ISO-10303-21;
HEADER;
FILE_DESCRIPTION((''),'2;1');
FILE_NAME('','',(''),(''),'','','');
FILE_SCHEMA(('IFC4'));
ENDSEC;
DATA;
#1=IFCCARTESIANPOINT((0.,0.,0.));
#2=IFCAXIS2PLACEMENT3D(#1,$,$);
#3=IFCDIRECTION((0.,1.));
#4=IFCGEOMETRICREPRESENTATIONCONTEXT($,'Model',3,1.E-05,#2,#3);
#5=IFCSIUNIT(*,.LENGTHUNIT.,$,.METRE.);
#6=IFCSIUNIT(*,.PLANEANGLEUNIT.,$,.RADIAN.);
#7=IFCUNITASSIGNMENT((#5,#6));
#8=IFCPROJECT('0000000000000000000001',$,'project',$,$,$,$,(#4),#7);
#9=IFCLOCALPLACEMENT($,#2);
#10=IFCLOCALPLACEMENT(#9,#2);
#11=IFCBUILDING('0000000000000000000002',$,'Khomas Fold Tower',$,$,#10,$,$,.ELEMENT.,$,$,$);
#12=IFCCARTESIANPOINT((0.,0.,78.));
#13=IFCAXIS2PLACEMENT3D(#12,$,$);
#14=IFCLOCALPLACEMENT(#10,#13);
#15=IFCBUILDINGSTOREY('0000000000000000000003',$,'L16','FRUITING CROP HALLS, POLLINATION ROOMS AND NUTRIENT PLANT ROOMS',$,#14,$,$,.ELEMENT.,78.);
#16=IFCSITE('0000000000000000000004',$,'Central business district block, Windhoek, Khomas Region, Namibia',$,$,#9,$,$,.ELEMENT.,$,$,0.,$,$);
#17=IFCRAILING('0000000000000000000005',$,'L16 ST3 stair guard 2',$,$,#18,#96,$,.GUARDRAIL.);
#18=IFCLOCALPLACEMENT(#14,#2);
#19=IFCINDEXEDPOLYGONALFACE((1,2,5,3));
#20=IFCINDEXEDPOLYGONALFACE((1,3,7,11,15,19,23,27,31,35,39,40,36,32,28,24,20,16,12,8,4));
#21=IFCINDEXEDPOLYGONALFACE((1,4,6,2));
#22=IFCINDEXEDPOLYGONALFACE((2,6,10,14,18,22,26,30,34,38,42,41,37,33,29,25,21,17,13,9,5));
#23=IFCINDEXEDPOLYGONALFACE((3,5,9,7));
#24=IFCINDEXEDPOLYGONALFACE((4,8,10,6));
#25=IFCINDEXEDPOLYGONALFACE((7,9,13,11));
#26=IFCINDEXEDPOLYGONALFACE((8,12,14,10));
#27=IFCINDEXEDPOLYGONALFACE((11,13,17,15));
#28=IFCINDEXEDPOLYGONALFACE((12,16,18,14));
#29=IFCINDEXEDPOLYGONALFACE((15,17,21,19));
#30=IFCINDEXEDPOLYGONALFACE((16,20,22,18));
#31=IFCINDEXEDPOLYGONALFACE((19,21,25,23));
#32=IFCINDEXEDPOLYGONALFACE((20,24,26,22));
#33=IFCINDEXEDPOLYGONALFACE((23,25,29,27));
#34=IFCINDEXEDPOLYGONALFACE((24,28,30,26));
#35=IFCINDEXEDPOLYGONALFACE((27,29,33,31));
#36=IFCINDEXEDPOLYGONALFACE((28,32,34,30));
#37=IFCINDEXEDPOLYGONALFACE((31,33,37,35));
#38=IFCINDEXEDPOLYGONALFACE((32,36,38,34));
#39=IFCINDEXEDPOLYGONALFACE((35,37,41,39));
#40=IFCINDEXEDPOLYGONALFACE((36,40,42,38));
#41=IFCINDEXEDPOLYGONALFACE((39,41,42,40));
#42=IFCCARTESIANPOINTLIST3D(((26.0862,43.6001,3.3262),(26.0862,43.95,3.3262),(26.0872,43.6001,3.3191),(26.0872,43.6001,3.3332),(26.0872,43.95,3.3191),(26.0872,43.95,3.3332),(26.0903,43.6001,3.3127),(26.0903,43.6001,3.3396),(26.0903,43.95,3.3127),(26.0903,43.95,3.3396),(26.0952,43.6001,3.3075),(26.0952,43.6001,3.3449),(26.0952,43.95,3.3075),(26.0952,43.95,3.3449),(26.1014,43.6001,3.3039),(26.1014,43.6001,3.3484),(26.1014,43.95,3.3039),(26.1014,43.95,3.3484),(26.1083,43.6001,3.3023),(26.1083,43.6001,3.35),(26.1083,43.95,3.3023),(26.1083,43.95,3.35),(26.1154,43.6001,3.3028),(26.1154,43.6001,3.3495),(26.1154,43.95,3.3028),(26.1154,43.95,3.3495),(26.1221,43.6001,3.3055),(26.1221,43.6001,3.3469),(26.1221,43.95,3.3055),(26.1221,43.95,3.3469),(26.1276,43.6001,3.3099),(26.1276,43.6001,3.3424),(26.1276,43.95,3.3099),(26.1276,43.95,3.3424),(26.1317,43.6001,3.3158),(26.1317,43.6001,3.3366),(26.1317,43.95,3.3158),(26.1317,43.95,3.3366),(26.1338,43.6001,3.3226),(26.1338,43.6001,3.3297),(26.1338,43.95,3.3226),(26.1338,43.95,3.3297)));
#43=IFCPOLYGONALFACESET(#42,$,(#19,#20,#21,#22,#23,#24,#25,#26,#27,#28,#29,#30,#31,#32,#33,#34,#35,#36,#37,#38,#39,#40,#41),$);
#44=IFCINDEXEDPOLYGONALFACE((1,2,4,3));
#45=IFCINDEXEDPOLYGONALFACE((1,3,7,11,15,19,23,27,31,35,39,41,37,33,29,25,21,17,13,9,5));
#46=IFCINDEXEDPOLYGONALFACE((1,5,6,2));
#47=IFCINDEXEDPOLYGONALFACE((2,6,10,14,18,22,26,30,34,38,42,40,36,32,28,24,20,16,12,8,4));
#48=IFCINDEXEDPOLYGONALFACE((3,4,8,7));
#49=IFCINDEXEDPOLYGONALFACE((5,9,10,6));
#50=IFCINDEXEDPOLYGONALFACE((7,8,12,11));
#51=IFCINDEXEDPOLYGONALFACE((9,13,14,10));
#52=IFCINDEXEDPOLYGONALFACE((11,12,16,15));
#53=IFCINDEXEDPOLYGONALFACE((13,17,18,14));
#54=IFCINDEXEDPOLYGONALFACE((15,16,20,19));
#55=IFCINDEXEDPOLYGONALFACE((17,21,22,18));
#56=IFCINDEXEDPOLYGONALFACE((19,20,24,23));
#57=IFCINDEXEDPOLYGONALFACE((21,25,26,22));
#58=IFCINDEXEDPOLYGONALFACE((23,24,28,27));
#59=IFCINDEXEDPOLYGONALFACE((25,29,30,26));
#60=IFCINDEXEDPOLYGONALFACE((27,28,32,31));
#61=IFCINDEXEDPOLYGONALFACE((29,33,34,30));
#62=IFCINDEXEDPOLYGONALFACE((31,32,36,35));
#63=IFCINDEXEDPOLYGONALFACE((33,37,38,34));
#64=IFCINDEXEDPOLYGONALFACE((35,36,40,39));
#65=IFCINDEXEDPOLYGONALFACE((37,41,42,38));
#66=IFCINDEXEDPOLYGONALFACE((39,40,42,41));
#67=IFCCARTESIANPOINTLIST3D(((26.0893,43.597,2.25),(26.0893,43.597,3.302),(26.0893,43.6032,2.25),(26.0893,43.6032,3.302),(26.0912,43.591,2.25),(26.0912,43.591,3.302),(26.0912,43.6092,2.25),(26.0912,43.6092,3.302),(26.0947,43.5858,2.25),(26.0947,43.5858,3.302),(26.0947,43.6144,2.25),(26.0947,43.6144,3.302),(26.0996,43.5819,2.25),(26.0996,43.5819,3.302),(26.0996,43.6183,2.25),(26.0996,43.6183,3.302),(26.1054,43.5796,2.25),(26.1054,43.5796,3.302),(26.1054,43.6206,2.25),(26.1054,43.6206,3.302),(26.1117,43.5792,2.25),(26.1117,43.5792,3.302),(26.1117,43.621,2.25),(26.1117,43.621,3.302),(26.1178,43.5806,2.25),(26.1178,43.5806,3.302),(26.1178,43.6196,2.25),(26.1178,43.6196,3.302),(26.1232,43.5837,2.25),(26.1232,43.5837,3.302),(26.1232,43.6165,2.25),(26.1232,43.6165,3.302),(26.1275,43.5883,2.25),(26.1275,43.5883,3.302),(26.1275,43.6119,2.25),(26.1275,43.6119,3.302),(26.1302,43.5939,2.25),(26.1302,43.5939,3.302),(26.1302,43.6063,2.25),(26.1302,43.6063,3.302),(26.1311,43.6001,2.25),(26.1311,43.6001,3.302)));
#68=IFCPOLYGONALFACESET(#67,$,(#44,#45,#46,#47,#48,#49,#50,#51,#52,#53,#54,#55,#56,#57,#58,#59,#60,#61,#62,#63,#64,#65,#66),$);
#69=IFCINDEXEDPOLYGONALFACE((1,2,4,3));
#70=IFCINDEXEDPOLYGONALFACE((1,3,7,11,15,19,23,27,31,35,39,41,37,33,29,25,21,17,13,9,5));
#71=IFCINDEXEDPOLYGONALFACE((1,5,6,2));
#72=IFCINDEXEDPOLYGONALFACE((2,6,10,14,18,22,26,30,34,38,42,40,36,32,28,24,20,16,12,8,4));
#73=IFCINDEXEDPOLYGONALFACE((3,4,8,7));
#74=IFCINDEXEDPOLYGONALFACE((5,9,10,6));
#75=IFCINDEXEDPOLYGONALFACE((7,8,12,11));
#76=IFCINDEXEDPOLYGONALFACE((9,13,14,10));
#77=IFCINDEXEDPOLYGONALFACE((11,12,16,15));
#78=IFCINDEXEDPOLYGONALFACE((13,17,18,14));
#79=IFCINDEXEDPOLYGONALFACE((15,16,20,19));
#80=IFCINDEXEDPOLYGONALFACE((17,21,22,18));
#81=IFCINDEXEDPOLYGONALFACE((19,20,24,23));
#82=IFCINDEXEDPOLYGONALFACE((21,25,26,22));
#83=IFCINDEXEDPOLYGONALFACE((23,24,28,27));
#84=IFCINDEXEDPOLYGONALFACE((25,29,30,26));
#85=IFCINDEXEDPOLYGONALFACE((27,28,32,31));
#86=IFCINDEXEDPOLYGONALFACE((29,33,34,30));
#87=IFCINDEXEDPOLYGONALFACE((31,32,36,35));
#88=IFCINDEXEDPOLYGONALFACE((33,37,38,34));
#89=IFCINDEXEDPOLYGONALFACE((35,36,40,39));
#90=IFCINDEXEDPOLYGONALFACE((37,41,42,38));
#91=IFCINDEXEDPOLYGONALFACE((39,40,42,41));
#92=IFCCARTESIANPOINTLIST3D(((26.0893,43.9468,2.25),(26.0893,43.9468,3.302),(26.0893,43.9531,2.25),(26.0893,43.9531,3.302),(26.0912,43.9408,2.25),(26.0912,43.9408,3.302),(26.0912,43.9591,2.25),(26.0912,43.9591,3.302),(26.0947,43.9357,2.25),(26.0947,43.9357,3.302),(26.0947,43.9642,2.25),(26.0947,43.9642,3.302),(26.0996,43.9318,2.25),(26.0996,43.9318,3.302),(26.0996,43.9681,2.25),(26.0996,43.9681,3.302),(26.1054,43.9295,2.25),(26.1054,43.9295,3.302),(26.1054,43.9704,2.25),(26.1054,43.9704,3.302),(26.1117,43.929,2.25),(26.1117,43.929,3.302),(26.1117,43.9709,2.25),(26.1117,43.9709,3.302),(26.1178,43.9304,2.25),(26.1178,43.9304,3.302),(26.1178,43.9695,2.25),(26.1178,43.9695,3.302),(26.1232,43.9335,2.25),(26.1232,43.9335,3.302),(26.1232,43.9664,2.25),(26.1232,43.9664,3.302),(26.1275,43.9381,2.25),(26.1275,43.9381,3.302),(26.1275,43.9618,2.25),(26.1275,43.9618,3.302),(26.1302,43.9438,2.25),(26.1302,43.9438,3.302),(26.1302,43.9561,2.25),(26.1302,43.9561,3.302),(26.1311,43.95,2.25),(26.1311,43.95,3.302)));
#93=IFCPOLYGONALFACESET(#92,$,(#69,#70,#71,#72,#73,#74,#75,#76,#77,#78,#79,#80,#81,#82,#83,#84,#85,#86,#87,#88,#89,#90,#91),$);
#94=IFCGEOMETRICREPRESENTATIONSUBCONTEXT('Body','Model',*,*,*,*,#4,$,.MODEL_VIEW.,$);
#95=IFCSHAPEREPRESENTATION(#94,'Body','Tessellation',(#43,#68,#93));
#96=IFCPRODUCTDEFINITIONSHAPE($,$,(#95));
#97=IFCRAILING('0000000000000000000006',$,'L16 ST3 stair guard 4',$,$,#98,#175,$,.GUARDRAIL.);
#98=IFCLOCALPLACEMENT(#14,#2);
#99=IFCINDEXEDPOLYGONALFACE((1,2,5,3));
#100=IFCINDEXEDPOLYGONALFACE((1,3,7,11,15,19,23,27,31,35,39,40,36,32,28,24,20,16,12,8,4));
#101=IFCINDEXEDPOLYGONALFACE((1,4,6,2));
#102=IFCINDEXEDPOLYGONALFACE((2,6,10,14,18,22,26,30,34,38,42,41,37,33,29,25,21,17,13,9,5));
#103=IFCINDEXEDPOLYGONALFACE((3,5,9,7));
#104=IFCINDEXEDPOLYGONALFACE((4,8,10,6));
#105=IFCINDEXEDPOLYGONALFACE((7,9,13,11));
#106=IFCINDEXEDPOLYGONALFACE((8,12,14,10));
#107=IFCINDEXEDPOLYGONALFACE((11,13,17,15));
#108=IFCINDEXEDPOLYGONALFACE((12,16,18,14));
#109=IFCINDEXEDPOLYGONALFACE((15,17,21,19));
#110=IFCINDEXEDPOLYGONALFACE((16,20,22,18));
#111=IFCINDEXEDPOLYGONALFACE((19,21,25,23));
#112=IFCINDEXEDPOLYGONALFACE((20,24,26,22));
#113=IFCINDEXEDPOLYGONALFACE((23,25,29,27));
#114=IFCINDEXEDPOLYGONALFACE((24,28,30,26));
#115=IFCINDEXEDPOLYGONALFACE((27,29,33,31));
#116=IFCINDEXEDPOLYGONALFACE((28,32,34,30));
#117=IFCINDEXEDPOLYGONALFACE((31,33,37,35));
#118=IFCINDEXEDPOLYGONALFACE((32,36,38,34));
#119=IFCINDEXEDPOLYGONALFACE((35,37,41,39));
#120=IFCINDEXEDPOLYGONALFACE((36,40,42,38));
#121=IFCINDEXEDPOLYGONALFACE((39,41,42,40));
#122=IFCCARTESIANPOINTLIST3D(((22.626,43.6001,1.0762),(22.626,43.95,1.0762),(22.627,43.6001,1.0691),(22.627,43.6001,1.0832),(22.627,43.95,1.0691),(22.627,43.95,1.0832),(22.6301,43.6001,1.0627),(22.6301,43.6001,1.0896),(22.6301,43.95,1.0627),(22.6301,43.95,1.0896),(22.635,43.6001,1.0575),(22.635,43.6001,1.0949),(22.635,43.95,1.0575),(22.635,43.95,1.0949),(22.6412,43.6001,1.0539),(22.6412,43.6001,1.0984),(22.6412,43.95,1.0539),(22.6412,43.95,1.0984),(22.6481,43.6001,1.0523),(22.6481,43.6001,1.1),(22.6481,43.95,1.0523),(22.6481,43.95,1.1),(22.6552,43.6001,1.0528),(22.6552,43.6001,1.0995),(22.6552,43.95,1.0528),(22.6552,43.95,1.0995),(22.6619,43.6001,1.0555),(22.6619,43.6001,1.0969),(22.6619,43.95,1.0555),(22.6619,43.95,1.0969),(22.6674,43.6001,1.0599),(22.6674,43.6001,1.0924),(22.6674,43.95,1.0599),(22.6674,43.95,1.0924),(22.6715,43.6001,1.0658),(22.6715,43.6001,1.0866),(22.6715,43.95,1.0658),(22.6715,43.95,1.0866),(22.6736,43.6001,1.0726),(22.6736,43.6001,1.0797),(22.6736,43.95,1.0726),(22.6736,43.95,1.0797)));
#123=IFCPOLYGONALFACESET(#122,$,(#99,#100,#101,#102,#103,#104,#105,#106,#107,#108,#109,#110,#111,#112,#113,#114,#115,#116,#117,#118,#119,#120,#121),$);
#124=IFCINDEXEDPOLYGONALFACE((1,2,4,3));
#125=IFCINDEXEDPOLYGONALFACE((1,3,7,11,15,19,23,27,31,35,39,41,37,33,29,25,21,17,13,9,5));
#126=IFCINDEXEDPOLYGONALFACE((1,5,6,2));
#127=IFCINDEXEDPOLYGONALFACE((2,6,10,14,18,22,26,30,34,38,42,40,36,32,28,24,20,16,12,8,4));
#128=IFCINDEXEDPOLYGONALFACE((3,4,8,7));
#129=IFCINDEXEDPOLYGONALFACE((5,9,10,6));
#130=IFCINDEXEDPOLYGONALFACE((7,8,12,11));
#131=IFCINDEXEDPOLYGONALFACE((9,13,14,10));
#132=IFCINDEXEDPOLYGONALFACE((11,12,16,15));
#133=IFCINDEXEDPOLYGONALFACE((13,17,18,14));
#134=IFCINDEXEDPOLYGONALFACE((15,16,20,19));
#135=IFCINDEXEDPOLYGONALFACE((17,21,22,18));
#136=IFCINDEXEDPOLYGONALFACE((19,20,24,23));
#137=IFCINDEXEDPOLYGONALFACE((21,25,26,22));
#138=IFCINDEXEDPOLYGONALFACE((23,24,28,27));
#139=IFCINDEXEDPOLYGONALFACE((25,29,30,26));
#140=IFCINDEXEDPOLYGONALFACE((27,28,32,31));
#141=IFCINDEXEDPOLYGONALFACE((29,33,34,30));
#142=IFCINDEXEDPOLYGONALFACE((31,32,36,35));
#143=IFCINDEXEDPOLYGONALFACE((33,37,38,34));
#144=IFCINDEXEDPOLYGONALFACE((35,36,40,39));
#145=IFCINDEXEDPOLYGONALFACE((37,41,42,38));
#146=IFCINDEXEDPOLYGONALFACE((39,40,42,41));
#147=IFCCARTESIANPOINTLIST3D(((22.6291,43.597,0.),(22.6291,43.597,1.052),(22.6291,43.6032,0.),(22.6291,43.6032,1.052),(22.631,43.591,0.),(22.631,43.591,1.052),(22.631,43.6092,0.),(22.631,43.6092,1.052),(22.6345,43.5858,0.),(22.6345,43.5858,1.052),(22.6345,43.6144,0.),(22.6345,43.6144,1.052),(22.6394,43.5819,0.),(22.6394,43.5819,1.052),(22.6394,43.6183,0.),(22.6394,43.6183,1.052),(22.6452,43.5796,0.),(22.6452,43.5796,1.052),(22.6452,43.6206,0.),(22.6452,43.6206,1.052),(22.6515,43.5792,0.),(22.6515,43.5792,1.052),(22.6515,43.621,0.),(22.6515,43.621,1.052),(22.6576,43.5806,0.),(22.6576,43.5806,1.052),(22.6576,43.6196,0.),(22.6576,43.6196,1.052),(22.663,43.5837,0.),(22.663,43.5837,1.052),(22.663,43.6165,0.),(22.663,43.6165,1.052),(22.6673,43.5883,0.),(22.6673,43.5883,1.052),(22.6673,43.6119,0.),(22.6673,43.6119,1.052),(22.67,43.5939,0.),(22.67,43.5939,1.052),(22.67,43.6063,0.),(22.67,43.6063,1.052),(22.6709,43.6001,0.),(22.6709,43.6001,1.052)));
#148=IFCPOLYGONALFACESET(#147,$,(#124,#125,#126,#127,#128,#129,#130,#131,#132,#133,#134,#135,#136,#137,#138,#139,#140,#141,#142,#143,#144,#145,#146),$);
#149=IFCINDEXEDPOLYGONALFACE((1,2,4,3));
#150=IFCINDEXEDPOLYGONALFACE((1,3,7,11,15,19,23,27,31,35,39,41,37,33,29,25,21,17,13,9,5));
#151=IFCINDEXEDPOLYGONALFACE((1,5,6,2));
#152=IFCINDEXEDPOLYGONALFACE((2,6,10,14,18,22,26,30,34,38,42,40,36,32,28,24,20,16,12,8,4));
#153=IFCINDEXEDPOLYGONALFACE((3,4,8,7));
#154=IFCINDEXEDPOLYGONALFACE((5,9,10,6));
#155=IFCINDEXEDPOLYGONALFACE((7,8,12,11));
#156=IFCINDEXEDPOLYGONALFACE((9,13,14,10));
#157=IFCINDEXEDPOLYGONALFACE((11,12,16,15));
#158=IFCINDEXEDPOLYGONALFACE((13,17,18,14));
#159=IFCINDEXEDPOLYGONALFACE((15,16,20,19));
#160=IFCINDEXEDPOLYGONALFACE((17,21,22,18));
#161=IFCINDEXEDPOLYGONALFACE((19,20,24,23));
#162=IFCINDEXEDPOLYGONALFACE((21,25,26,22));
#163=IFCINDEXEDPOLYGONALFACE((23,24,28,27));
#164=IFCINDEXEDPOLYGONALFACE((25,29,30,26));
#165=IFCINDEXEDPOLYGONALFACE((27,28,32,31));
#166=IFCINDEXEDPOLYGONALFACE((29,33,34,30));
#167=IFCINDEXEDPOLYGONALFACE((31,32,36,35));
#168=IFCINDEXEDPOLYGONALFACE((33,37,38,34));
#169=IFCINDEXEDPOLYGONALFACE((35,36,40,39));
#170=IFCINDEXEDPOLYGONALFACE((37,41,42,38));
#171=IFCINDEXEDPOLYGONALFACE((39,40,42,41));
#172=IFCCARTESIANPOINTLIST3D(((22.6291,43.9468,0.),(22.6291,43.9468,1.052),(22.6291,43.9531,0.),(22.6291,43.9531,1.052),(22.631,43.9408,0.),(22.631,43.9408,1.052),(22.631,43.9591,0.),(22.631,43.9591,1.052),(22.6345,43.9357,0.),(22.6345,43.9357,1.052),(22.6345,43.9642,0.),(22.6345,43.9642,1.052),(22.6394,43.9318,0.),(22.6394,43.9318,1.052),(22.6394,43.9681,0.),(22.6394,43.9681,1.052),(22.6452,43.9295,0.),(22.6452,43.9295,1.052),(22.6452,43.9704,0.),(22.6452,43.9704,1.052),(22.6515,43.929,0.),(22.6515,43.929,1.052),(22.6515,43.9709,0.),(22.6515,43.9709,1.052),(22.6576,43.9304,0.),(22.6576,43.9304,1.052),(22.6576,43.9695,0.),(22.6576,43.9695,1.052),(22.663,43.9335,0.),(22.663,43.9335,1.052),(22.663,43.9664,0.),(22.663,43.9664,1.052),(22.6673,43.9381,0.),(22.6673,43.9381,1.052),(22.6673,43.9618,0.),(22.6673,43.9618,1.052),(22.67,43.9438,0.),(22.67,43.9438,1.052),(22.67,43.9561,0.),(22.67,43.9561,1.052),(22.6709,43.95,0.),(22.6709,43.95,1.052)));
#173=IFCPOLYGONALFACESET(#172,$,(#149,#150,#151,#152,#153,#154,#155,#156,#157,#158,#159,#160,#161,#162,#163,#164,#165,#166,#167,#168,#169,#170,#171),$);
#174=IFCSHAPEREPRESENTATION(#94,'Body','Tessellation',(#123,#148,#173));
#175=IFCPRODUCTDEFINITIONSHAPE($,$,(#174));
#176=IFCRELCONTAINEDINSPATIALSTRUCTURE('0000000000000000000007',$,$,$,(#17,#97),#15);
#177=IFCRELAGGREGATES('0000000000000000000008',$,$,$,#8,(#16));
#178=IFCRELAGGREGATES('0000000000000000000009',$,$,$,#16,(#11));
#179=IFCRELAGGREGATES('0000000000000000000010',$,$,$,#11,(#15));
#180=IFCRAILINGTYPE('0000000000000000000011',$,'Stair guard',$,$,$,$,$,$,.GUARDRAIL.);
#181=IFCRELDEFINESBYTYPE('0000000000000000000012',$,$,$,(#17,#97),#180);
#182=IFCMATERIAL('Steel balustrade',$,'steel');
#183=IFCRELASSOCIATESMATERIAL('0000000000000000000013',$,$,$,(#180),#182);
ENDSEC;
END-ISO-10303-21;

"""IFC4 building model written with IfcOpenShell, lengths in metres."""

from ifc_helpers import new_model, si_unit, direction, frame, origin, origin_2d, place, context, subcontext, project, spatial, circle, extrude, source, transform, mapped, material, type_object, element, save


model = new_model("IFC4")

# Units and contexts
model_context = context("Model", 3, precision=1e-05, world=origin(), true_north=direction((0.0, 1.0)))
body_context = subcontext(model_context, "Body", "Model", "MODEL_VIEW")
ifc_project = project(units=[si_unit("LENGTHUNIT", "METRE"), si_unit("PLANEANGLEUNIT", "RADIAN")], contexts=[model_context])

# Site, building, storey
site_placement = place(None, origin())
site = spatial("IfcSite", under=ifc_project, at=site_placement, Name="Central business district block, Windhoek, Khomas Region, Namibia", CompositionType="ELEMENT", RefElevation=0.0)
building_placement = place(site_placement, origin())
building = spatial("IfcBuilding", under=site, at=building_placement, Name="Khomas Fold Tower", CompositionType="ELEMENT")
storey_placement = place(building_placement, frame((0.0, 0.0, 78.0)))
storey = spatial("IfcBuildingStorey", under=building, at=storey_placement, Name="L16", Description="FRUITING CROP HALLS, POLLINATION ROOMS AND NUTRIENT PLANT ROOMS", CompositionType="ELEMENT", Elevation=78.0)

# Railings
ifc_material_1 = material(Name="Steel balustrade", Category="steel")
railing_type_1 = type_object("IfcRailingType", Name="Stair guard", PredefinedType="GUARDRAIL", material=ifc_material_1)
shared_shape_1 = source(origin(), body_context, "Body", "SweptSolid", [
    extrude(circle(Radius=0.0239, at=origin_2d()), frame((0.0, 0.0, 1.0762), z_axis=(0.0, 1.0, 0.0), x_axis=(-1.0, 0.0, 0.0)), (0.0, 0.0, 1.0), 0.3499),
    extrude(circle(Radius=0.021, at=origin_2d()), origin(), (0.0, 0.0, 1.0), 1.052),
    extrude(circle(Radius=0.021, at=origin_2d()), frame((0.0, 0.3499, 0.0)), (0.0, 0.0, 1.0), 1.052),
])
for number, where, name in (
    (1, (26.1101, 43.6001, 2.25), "L16 ST3 stair guard 2"),
    (2, (22.6499, 43.6001, 0.0), "L16 ST3 stair guard 4"),
):
    element("IfcRailing", number, at=place(storey_placement, frame(where)), inside=storey, type_object=railing_type_1, Name=name, PredefinedType="GUARDRAIL", context=body_context, shape_type="MappedRepresentation", body=[
        mapped(shared_shape_1, transform((0.0, 0.0, 0.0))),
    ])

save(model, "model.ifc")
